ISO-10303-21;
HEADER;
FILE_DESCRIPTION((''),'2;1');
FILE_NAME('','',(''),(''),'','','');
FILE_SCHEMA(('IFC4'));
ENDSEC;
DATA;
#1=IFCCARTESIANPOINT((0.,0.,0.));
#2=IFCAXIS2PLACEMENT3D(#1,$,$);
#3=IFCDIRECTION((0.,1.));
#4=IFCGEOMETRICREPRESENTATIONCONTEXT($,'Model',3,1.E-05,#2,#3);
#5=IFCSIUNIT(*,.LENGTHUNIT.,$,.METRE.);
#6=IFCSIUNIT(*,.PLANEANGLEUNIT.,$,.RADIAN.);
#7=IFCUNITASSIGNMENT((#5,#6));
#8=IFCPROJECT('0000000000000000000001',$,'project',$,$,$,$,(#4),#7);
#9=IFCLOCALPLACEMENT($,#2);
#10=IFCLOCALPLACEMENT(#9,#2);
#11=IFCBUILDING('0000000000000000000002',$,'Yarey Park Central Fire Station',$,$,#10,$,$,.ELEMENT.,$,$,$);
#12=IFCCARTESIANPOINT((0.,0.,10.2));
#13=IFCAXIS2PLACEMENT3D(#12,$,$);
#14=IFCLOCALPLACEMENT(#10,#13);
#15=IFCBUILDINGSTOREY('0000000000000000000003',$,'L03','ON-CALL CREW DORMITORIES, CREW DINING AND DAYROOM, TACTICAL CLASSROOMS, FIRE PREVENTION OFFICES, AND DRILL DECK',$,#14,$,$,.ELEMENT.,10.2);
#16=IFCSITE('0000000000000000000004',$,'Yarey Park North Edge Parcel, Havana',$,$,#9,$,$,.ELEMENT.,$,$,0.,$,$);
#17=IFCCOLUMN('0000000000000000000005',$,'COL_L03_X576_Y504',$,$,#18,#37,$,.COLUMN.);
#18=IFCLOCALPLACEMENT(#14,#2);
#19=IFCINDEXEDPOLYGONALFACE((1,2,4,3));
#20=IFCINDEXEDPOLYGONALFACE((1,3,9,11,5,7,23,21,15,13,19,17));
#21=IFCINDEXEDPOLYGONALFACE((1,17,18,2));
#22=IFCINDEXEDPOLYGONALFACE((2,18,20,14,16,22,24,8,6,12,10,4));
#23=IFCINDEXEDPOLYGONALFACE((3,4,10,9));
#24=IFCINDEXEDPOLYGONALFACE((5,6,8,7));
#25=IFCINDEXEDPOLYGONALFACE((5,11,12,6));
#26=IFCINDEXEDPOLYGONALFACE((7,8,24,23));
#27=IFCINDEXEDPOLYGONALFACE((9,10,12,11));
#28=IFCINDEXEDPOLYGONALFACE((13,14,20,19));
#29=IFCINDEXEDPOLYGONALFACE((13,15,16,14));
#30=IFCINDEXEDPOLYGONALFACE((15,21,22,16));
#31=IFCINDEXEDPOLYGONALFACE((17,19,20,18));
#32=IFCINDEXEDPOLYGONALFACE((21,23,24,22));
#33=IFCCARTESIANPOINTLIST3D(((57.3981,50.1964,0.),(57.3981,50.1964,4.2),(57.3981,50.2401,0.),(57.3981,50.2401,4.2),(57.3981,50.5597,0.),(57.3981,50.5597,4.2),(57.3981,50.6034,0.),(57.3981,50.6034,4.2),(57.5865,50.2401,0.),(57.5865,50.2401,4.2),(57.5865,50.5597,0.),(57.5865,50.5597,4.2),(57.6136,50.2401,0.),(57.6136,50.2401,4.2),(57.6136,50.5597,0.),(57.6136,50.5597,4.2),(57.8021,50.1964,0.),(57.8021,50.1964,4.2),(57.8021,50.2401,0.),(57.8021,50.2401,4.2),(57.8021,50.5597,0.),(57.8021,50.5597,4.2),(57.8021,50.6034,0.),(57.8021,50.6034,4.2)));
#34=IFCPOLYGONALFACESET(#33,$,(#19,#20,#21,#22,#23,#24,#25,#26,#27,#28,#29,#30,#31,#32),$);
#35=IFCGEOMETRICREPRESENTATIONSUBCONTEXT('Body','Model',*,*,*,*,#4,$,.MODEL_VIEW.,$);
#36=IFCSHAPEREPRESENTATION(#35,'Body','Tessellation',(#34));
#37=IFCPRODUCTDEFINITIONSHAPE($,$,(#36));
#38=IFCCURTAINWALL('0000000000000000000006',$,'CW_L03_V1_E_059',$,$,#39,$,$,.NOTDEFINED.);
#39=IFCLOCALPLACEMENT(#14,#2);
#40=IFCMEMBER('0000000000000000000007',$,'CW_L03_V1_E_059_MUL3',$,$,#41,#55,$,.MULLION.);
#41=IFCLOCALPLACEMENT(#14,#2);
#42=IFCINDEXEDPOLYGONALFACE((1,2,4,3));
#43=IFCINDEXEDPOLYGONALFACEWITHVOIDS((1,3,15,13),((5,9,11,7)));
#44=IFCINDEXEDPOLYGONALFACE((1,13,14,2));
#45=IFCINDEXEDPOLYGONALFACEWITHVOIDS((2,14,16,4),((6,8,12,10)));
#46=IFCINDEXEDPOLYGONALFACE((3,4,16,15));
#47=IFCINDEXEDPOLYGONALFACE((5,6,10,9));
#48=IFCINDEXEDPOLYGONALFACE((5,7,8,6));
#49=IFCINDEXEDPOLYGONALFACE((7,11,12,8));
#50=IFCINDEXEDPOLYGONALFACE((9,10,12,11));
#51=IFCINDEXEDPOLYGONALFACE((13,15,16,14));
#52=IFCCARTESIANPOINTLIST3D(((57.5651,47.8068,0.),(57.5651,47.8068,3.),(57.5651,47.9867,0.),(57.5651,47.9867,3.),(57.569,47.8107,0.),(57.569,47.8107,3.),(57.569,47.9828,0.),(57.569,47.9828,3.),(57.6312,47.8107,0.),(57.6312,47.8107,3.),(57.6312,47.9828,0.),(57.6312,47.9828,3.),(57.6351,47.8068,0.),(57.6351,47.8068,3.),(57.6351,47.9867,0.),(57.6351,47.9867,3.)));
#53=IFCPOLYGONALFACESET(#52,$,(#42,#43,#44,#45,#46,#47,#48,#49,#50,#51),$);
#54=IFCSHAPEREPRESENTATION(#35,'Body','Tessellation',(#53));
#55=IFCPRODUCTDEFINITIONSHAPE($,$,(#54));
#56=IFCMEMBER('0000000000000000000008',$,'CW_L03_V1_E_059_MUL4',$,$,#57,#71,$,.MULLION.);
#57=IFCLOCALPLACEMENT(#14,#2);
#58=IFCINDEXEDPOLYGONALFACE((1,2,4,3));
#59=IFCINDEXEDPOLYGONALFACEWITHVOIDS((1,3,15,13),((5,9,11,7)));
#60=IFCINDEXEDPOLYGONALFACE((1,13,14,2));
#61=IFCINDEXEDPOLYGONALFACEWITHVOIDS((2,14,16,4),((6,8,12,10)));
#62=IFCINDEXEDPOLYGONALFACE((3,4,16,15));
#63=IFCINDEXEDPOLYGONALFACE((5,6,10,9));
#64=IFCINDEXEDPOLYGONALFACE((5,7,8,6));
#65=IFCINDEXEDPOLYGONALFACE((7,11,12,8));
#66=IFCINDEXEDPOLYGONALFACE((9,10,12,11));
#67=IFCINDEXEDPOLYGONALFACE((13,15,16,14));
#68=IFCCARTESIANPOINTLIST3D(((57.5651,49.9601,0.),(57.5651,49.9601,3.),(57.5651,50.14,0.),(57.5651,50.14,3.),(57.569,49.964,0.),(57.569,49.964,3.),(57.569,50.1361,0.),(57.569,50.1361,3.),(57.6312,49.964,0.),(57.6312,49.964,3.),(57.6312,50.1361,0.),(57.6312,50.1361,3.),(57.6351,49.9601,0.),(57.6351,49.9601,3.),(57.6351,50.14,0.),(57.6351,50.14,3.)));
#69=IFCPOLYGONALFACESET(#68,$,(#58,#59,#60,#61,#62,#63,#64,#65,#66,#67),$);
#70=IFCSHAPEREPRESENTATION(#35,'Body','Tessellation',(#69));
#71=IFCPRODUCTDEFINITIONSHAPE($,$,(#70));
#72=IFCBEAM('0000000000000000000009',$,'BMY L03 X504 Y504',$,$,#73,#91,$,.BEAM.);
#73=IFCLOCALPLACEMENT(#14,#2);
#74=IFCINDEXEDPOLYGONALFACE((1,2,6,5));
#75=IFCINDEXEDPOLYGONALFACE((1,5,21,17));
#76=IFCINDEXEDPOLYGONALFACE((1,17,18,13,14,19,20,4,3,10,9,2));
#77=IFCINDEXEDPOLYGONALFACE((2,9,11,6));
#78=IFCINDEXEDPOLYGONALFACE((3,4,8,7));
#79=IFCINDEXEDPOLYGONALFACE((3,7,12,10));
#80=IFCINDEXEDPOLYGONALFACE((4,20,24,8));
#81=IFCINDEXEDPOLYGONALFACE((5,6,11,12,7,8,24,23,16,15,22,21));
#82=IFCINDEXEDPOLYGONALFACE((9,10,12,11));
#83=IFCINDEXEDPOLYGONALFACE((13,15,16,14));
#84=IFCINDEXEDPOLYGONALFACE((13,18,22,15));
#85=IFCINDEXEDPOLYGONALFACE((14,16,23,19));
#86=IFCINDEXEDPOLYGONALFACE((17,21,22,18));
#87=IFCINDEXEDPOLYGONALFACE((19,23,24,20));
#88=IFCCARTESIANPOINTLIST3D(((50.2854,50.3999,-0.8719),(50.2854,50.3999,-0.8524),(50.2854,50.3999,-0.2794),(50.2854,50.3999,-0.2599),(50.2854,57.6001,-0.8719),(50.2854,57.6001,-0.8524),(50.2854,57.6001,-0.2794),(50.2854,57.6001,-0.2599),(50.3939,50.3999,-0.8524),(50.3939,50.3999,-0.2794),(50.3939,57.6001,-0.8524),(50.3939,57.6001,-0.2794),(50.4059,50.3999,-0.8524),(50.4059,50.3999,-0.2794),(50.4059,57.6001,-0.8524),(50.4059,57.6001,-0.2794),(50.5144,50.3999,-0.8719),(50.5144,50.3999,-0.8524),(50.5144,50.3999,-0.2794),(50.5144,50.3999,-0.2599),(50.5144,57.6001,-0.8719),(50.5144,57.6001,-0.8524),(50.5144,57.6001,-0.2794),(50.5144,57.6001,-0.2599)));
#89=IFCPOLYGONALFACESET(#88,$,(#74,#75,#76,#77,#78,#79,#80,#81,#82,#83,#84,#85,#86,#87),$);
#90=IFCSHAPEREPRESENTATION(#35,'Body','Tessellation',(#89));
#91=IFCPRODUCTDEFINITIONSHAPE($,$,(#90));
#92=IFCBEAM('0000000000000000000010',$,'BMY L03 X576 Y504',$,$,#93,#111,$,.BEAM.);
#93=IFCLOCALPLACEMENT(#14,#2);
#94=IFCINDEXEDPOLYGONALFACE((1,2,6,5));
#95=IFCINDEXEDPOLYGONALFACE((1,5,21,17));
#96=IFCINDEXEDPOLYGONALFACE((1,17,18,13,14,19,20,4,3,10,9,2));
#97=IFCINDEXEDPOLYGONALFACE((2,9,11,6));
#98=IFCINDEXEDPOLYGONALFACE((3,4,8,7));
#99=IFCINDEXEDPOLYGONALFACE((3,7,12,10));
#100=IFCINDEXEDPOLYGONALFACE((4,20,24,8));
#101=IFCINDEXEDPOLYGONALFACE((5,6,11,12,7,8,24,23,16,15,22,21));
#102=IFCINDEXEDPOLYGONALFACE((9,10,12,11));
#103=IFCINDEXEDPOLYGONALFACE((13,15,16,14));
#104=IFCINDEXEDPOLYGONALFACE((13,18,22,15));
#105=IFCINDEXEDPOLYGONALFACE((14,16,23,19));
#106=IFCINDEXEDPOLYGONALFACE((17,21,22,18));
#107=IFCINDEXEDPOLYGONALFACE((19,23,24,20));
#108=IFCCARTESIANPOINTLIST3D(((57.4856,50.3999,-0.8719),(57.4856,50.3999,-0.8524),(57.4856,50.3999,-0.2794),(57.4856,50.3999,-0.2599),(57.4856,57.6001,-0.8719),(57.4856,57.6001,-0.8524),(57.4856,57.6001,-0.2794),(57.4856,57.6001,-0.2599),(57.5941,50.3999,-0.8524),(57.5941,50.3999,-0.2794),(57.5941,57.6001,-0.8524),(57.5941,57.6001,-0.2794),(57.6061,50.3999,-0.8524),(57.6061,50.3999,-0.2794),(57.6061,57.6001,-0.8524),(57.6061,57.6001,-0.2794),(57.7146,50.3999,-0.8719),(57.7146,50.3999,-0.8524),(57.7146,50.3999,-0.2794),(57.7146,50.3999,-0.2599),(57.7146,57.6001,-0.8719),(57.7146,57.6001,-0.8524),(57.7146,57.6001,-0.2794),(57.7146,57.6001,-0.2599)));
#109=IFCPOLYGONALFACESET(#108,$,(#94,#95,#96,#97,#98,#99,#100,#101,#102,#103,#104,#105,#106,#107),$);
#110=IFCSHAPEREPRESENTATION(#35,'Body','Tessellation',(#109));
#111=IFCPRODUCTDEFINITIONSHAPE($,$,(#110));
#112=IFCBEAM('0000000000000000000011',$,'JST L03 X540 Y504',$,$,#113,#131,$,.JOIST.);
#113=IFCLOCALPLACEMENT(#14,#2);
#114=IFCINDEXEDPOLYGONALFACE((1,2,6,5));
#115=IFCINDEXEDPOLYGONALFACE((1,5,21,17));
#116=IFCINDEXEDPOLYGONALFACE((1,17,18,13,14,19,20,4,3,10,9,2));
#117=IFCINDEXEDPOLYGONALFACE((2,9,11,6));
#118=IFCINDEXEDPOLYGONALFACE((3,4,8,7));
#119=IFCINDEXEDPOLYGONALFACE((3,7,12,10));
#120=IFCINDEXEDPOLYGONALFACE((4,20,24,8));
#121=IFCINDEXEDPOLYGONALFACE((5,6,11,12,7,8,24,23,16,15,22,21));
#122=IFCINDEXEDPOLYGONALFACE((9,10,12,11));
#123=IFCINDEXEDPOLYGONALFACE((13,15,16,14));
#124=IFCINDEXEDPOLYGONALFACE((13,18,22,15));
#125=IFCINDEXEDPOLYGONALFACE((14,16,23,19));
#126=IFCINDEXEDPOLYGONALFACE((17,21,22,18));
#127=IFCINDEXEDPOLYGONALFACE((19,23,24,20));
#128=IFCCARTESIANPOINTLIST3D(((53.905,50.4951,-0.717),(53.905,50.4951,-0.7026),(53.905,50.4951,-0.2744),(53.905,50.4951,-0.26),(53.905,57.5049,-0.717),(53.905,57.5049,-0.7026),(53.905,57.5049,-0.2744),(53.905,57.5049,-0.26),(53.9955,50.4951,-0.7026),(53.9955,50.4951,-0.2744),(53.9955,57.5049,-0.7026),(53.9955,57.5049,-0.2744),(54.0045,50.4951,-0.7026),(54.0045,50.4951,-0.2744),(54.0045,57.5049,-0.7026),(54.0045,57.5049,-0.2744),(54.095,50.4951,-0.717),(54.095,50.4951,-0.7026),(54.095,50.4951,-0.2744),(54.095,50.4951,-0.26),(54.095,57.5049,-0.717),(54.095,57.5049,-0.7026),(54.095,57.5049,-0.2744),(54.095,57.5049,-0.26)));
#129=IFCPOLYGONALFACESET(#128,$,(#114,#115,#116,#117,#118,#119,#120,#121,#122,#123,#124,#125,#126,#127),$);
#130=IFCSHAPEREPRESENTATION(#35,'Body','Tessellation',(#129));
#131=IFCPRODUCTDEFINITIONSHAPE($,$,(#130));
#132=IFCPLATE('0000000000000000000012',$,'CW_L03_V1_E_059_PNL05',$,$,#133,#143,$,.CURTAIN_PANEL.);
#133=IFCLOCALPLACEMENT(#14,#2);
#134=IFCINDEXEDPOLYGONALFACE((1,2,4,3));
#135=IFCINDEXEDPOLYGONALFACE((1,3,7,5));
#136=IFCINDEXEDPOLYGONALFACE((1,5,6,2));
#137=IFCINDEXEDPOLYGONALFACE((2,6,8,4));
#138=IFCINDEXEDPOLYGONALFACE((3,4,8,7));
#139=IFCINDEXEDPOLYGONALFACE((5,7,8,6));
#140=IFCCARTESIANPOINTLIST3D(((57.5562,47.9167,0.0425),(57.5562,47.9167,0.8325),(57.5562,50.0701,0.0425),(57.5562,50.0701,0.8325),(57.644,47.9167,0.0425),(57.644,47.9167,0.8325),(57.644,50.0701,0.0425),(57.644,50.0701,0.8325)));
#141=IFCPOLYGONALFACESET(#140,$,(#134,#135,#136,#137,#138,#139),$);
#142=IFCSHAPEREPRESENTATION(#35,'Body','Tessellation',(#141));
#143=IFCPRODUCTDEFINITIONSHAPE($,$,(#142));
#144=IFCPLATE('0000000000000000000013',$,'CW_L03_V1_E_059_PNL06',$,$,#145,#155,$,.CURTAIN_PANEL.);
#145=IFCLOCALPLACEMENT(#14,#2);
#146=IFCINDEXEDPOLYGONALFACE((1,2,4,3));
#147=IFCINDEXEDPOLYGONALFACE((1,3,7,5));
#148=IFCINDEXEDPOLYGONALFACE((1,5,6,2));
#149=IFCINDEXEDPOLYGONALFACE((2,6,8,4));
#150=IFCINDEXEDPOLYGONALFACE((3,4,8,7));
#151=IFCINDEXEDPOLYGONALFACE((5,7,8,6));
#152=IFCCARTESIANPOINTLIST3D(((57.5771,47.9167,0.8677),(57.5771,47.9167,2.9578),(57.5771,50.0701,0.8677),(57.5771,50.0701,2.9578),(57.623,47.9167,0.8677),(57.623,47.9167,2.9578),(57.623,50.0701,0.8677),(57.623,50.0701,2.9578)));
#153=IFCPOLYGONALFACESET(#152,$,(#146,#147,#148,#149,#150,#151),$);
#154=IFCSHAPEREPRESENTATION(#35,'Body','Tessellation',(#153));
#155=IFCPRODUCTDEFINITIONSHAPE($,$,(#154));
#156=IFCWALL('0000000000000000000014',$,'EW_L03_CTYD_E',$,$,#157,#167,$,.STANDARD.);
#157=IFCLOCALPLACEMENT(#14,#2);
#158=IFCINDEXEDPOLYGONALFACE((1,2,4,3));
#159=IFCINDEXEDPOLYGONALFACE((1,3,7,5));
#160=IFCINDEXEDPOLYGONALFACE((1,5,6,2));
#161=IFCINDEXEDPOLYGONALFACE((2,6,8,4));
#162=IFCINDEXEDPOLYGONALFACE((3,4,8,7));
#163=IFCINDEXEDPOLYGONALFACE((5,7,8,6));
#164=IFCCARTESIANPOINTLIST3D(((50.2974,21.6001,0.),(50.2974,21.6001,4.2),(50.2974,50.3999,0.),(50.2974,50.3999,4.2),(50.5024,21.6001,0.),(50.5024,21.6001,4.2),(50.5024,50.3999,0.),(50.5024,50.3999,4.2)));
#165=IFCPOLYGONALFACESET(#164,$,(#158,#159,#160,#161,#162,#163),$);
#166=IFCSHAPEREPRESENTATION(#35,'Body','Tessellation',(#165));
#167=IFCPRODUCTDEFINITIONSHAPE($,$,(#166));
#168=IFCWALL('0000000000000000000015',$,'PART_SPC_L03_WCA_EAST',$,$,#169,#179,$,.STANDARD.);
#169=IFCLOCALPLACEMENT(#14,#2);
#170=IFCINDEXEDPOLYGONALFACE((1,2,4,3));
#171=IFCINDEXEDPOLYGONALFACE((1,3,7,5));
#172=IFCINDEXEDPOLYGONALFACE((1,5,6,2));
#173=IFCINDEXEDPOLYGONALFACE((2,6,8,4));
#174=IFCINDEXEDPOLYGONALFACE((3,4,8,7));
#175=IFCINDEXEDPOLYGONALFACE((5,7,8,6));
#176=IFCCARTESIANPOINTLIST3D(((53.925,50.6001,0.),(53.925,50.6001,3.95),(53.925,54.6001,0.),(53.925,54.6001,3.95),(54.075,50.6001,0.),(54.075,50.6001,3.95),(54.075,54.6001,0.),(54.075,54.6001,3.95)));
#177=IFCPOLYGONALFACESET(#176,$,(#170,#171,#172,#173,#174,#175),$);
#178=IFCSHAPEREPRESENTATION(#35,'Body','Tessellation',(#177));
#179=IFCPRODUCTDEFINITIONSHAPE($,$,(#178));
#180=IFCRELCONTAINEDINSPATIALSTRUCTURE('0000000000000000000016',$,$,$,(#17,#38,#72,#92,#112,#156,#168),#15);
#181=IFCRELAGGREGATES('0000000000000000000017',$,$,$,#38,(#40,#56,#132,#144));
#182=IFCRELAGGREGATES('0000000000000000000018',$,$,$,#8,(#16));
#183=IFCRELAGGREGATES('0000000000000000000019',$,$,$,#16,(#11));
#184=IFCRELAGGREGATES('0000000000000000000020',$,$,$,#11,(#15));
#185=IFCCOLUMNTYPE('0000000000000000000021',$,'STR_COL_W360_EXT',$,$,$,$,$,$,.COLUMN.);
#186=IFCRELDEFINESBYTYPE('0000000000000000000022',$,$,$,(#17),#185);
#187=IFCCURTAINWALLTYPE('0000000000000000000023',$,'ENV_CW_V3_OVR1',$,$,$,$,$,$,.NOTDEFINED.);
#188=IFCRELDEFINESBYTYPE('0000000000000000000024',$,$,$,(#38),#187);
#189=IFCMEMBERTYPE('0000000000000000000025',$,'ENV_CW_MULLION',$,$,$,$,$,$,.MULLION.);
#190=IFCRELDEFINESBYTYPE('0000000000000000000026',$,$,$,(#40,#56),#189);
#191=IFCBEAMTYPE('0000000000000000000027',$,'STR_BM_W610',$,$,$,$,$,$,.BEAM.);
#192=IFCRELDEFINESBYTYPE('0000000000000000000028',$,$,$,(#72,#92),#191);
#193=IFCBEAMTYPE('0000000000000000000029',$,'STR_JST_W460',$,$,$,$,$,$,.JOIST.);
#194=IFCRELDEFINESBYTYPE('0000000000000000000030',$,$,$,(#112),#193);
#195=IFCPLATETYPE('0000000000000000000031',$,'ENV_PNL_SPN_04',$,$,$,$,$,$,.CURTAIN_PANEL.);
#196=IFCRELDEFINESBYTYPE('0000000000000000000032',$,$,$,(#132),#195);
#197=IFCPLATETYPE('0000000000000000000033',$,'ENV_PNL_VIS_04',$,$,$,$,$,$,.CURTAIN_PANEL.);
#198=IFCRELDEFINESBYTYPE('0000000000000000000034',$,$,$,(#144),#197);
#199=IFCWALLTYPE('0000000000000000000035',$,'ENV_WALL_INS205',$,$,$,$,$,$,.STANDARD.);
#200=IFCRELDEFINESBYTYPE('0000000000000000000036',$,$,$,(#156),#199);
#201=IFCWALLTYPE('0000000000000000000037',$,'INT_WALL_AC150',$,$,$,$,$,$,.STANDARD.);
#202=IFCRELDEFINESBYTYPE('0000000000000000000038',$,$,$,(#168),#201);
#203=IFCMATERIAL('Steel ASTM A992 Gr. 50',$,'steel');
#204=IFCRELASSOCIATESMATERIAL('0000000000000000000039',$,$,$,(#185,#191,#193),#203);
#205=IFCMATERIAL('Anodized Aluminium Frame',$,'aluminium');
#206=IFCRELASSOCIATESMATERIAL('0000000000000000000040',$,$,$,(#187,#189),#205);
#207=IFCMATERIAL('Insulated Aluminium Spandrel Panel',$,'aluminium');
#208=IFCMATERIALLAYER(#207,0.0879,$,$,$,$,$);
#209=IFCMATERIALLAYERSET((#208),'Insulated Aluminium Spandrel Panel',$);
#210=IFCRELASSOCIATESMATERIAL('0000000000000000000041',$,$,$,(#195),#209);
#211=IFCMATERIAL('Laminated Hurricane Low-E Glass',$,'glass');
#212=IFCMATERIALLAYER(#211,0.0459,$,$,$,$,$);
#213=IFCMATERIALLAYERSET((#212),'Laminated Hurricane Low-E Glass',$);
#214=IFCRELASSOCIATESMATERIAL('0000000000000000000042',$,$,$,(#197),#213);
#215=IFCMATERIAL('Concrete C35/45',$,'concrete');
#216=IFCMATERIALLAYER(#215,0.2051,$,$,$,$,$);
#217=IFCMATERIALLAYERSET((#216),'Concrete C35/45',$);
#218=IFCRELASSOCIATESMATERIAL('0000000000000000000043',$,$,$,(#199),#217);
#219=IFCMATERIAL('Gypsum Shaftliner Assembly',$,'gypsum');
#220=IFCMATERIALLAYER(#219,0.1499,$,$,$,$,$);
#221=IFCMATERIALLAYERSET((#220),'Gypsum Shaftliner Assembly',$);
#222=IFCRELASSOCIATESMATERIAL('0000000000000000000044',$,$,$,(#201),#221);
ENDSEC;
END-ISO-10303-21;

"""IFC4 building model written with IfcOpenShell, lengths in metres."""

from ifc_helpers import new_model, si_unit, direction, frame, frame_2d, origin, origin_2d, place, context, subcontext, project, spatial, rectangle, hollow_rectangle, i_section, extrude, material, layer, layer_set, material_profile, profile_set, type_object, element, aggregate, save


model = new_model("IFC4")

# Units and contexts
model_context = context("Model", 3, precision=1e-05, world=origin(), true_north=direction((0.0, 1.0)))
body_context = subcontext(model_context, "Body", "Model", "MODEL_VIEW")
ifc_project = project(units=[si_unit("LENGTHUNIT", "METRE"), si_unit("PLANEANGLEUNIT", "RADIAN")], contexts=[model_context])

# Site, building, storey
site_placement = place(None, origin())
site = spatial("IfcSite", under=ifc_project, at=site_placement, Name="Yarey Park North Edge Parcel, Havana", CompositionType="ELEMENT", RefElevation=0.0)
building_placement = place(site_placement, origin())
building = spatial("IfcBuilding", under=site, at=building_placement, Name="Yarey Park Central Fire Station", CompositionType="ELEMENT")
storey_placement = place(building_placement, frame((0.0, 0.0, 10.2)))
storey = spatial("IfcBuildingStorey", under=building, at=storey_placement, Name="L03", Description="ON-CALL CREW DORMITORIES, CREW DINING AND DAYROOM, TACTICAL CLASSROOMS, FIRE PREVENTION OFFICES, AND DRILL DECK", CompositionType="ELEMENT", Elevation=10.2)

# Column
ifc_material_1 = material(Name="Steel ASTM A992 Gr. 50", Category="steel")
ifc_material_profile_1 = material_profile(ifc_material_1, i_section(OverallWidth=0.4041, OverallDepth=0.407, WebThickness=0.0271, FlangeThickness=0.0437, at=origin_2d()), Name="W360x347")
ifc_profile_set_1 = profile_set([ifc_material_profile_1], Name="Steel ASTM A992 Gr. 50")
column_type = type_object("IfcColumnType", Name="STR_COL_W360_EXT", PredefinedType="COLUMN", material=ifc_profile_set_1)
column_placement = place(storey_placement, frame((57.6001, 50.3999, 0.0), z_axis=(0.0, 0.0, 1.0), x_axis=(1.0, 0.0, 0.0)))
element("IfcColumn", 1, at=column_placement, inside=storey, type_object=column_type, Name="COL_L03_X576_Y504", PredefinedType="COLUMN", context=body_context, shape_type="SweptSolid", body=[
    extrude(i_section(OverallWidth=0.4041, OverallDepth=0.407, WebThickness=0.0271, FlangeThickness=0.0437, at=origin_2d()), origin(), (0.0, 0.0, 1.0), 4.2),
])

# Curtain wall, members
ifc_material_2 = material(Name="Anodized Aluminium Frame", Category="aluminium")
curtain_wall_type = type_object("IfcCurtainWallType", Name="ENV_CW_V3_OVR1", PredefinedType="NOTDEFINED", material=ifc_material_2)
curtain_wall_placement = place(storey_placement, origin())
curtain_wall = element("IfcCurtainWall", 2, at=curtain_wall_placement, inside=storey, type_object=curtain_wall_type, Name="CW_L03_V1_E_059", PredefinedType="NOTDEFINED")
ifc_material_profile_2 = material_profile(ifc_material_2, hollow_rectangle(XDim=0.0701, YDim=0.1799, WallThickness=0.0039, at=origin_2d()), Name="ALU 180x70x4")
ifc_profile_set_2 = profile_set([ifc_material_profile_2], Name="Anodized Aluminium Frame")
member_type = type_object("IfcMemberType", Name="ENV_CW_MULLION", PredefinedType="MULLION", material=ifc_profile_set_2)
member_1_placement = place(storey_placement, frame((57.6001, 47.8967, 0.0), z_axis=(0.0, 0.0, 1.0), x_axis=(1.0, 0.0, 0.0)))
member_1 = element("IfcMember", 3, at=member_1_placement, type_object=member_type, Name="CW_L03_V1_E_059_MUL3", PredefinedType="MULLION", context=body_context, shape_type="SweptSolid", body=[
    extrude(hollow_rectangle(XDim=0.0701, YDim=0.1799, WallThickness=0.0039, at=origin_2d()), origin(), (0.0, 0.0, 1.0), 3.0),
])
member_2_placement = place(storey_placement, frame((57.6001, 50.05, 0.0), z_axis=(0.0, 0.0, 1.0), x_axis=(1.0, 0.0, 0.0)))
member_2 = element("IfcMember", 4, at=member_2_placement, type_object=member_type, Name="CW_L03_V1_E_059_MUL4", PredefinedType="MULLION", context=body_context, shape_type="SweptSolid", body=[
    extrude(hollow_rectangle(XDim=0.0701, YDim=0.1799, WallThickness=0.0039, at=origin_2d()), origin(), (0.0, 0.0, 1.0), 3.0),
])

# Beams
ifc_material_profile_3 = material_profile(ifc_material_1, i_section(OverallWidth=0.229, OverallDepth=0.6121, WebThickness=0.012, FlangeThickness=0.0195, at=origin_2d()), Name="W610x125")
ifc_profile_set_3 = profile_set([ifc_material_profile_3], Name="Steel ASTM A992 Gr. 50")
beam_type_1 = type_object("IfcBeamType", Name="STR_BM_W610", PredefinedType="BEAM", material=ifc_profile_set_3)
for number, where, z_axis, x_axis, name in (
    (5, (50.3999, 50.3999, -0.5659), (0.0, 1.0, 0.0), (-1.0, 0.0, 0.0), "BMY L03 X504 Y504"),
    (6, (57.6001, 50.3999, -0.5659), (0.0, 1.0, 0.0), (-1.0, 0.0, 0.0), "BMY L03 X576 Y504"),
):
    element("IfcBeam", number, at=place(storey_placement, frame(where, z_axis=z_axis, x_axis=x_axis)), inside=storey, type_object=beam_type_1, Name=name, PredefinedType="BEAM", context=body_context, shape_type="SweptSolid", body=[
        extrude(i_section(OverallWidth=0.229, OverallDepth=0.6121, WebThickness=0.012, FlangeThickness=0.0195, at=origin_2d()), origin(), (0.0, 0.0, 1.0), 7.2002),
    ])
ifc_material_profile_4 = material_profile(ifc_material_1, i_section(OverallWidth=0.1899, OverallDepth=0.457, WebThickness=0.009, FlangeThickness=0.0144, at=origin_2d()), Name="W460x74")
ifc_profile_set_4 = profile_set([ifc_material_profile_4], Name="Steel ASTM A992 Gr. 50")
beam_type_2 = type_object("IfcBeamType", Name="STR_JST_W460", PredefinedType="JOIST", material=ifc_profile_set_4)
beam_placement = place(storey_placement, frame((54.0, 50.4951, -0.4885), z_axis=(0.0, 1.0, 0.0), x_axis=(-1.0, 0.0, 0.0)))
element("IfcBeam", 7, at=beam_placement, inside=storey, type_object=beam_type_2, Name="JST L03 X540 Y504", PredefinedType="JOIST", context=body_context, shape_type="SweptSolid", body=[
    extrude(i_section(OverallWidth=0.1899, OverallDepth=0.457, WebThickness=0.009, FlangeThickness=0.0144, at=origin_2d()), origin(), (0.0, 0.0, 1.0), 7.0098),
])

# Plates
ifc_material_3 = material(Name="Insulated Aluminium Spandrel Panel", Category="aluminium")
ifc_layer_1 = layer(ifc_material_3, 0.0879)
ifc_layer_set_1 = layer_set([ifc_layer_1], Name="Insulated Aluminium Spandrel Panel")
plate_type_1 = type_object("IfcPlateType", Name="ENV_PNL_SPN_04", PredefinedType="CURTAIN_PANEL", material=ifc_layer_set_1)
plate_1_placement = place(storey_placement, frame((57.6001, 48.9934, 0.0425), z_axis=(0.0, 0.0, 1.0), x_axis=(0.0, 1.0, 0.0)))
plate_1 = element("IfcPlate", 8, at=plate_1_placement, type_object=plate_type_1, Name="CW_L03_V1_E_059_PNL05", PredefinedType="CURTAIN_PANEL", context=body_context, shape_type="SweptSolid", body=[
    extrude(rectangle(XDim=2.1533, YDim=0.0879, at=origin_2d()), origin(), (0.0, 0.0, 1.0), 0.79),
])
ifc_material_4 = material(Name="Laminated Hurricane Low-E Glass", Category="glass")
ifc_layer_2 = layer(ifc_material_4, 0.0459)
ifc_layer_set_2 = layer_set([ifc_layer_2], Name="Laminated Hurricane Low-E Glass")
plate_type_2 = type_object("IfcPlateType", Name="ENV_PNL_VIS_04", PredefinedType="CURTAIN_PANEL", material=ifc_layer_set_2)
plate_2_placement = place(storey_placement, frame((57.6001, 48.9934, 0.8677), z_axis=(0.0, 0.0, 1.0), x_axis=(0.0, 1.0, 0.0)))
plate_2 = element("IfcPlate", 9, at=plate_2_placement, type_object=plate_type_2, Name="CW_L03_V1_E_059_PNL06", PredefinedType="CURTAIN_PANEL", context=body_context, shape_type="SweptSolid", body=[
    extrude(rectangle(XDim=2.1533, YDim=0.0459, at=origin_2d()), origin(), (0.0, 0.0, 1.0), 2.0901),
])
aggregate(curtain_wall, [member_1, member_2, plate_1, plate_2])

# Walls
ifc_material_5 = material(Name="Concrete C35/45", Category="concrete")
ifc_layer_3 = layer(ifc_material_5, 0.2051)
ifc_layer_set_3 = layer_set([ifc_layer_3], Name="Concrete C35/45")
wall_type_1 = type_object("IfcWallType", Name="ENV_WALL_INS205", PredefinedType="STANDARD", material=ifc_layer_set_3)
wall_1_placement = place(storey_placement, frame((50.3999, 50.3999, 0.0), z_axis=(0.0, 0.0, 1.0), x_axis=(0.0, -1.0, 0.0)))
element("IfcWall", 10, at=wall_1_placement, inside=storey, type_object=wall_type_1, Name="EW_L03_CTYD_E", PredefinedType="STANDARD", context=body_context, shape_type="SweptSolid", body=[
    extrude(rectangle(XDim=28.7998, YDim=0.2051, at=frame_2d((14.3999, 0.0))), origin(), (0.0, 0.0, 1.0), 4.2),
])
ifc_material_6 = material(Name="Gypsum Shaftliner Assembly", Category="gypsum")
ifc_layer_4 = layer(ifc_material_6, 0.1499)
ifc_layer_set_4 = layer_set([ifc_layer_4], Name="Gypsum Shaftliner Assembly")
wall_type_2 = type_object("IfcWallType", Name="INT_WALL_AC150", PredefinedType="STANDARD", material=ifc_layer_set_4)
wall_2_placement = place(storey_placement, frame((54.0, 50.6001, 0.0), z_axis=(0.0, 0.0, 1.0), x_axis=(0.0, 1.0, 0.0)))
element("IfcWall", 11, at=wall_2_placement, inside=storey, type_object=wall_type_2, Name="PART_SPC_L03_WCA_EAST", PredefinedType="STANDARD", context=body_context, shape_type="SweptSolid", body=[
    extrude(rectangle(XDim=4.0, YDim=0.1499, at=frame_2d((2.0, 0.0))), origin(), (0.0, 0.0, 1.0), 3.95),
])

save(model, "model.ifc")
